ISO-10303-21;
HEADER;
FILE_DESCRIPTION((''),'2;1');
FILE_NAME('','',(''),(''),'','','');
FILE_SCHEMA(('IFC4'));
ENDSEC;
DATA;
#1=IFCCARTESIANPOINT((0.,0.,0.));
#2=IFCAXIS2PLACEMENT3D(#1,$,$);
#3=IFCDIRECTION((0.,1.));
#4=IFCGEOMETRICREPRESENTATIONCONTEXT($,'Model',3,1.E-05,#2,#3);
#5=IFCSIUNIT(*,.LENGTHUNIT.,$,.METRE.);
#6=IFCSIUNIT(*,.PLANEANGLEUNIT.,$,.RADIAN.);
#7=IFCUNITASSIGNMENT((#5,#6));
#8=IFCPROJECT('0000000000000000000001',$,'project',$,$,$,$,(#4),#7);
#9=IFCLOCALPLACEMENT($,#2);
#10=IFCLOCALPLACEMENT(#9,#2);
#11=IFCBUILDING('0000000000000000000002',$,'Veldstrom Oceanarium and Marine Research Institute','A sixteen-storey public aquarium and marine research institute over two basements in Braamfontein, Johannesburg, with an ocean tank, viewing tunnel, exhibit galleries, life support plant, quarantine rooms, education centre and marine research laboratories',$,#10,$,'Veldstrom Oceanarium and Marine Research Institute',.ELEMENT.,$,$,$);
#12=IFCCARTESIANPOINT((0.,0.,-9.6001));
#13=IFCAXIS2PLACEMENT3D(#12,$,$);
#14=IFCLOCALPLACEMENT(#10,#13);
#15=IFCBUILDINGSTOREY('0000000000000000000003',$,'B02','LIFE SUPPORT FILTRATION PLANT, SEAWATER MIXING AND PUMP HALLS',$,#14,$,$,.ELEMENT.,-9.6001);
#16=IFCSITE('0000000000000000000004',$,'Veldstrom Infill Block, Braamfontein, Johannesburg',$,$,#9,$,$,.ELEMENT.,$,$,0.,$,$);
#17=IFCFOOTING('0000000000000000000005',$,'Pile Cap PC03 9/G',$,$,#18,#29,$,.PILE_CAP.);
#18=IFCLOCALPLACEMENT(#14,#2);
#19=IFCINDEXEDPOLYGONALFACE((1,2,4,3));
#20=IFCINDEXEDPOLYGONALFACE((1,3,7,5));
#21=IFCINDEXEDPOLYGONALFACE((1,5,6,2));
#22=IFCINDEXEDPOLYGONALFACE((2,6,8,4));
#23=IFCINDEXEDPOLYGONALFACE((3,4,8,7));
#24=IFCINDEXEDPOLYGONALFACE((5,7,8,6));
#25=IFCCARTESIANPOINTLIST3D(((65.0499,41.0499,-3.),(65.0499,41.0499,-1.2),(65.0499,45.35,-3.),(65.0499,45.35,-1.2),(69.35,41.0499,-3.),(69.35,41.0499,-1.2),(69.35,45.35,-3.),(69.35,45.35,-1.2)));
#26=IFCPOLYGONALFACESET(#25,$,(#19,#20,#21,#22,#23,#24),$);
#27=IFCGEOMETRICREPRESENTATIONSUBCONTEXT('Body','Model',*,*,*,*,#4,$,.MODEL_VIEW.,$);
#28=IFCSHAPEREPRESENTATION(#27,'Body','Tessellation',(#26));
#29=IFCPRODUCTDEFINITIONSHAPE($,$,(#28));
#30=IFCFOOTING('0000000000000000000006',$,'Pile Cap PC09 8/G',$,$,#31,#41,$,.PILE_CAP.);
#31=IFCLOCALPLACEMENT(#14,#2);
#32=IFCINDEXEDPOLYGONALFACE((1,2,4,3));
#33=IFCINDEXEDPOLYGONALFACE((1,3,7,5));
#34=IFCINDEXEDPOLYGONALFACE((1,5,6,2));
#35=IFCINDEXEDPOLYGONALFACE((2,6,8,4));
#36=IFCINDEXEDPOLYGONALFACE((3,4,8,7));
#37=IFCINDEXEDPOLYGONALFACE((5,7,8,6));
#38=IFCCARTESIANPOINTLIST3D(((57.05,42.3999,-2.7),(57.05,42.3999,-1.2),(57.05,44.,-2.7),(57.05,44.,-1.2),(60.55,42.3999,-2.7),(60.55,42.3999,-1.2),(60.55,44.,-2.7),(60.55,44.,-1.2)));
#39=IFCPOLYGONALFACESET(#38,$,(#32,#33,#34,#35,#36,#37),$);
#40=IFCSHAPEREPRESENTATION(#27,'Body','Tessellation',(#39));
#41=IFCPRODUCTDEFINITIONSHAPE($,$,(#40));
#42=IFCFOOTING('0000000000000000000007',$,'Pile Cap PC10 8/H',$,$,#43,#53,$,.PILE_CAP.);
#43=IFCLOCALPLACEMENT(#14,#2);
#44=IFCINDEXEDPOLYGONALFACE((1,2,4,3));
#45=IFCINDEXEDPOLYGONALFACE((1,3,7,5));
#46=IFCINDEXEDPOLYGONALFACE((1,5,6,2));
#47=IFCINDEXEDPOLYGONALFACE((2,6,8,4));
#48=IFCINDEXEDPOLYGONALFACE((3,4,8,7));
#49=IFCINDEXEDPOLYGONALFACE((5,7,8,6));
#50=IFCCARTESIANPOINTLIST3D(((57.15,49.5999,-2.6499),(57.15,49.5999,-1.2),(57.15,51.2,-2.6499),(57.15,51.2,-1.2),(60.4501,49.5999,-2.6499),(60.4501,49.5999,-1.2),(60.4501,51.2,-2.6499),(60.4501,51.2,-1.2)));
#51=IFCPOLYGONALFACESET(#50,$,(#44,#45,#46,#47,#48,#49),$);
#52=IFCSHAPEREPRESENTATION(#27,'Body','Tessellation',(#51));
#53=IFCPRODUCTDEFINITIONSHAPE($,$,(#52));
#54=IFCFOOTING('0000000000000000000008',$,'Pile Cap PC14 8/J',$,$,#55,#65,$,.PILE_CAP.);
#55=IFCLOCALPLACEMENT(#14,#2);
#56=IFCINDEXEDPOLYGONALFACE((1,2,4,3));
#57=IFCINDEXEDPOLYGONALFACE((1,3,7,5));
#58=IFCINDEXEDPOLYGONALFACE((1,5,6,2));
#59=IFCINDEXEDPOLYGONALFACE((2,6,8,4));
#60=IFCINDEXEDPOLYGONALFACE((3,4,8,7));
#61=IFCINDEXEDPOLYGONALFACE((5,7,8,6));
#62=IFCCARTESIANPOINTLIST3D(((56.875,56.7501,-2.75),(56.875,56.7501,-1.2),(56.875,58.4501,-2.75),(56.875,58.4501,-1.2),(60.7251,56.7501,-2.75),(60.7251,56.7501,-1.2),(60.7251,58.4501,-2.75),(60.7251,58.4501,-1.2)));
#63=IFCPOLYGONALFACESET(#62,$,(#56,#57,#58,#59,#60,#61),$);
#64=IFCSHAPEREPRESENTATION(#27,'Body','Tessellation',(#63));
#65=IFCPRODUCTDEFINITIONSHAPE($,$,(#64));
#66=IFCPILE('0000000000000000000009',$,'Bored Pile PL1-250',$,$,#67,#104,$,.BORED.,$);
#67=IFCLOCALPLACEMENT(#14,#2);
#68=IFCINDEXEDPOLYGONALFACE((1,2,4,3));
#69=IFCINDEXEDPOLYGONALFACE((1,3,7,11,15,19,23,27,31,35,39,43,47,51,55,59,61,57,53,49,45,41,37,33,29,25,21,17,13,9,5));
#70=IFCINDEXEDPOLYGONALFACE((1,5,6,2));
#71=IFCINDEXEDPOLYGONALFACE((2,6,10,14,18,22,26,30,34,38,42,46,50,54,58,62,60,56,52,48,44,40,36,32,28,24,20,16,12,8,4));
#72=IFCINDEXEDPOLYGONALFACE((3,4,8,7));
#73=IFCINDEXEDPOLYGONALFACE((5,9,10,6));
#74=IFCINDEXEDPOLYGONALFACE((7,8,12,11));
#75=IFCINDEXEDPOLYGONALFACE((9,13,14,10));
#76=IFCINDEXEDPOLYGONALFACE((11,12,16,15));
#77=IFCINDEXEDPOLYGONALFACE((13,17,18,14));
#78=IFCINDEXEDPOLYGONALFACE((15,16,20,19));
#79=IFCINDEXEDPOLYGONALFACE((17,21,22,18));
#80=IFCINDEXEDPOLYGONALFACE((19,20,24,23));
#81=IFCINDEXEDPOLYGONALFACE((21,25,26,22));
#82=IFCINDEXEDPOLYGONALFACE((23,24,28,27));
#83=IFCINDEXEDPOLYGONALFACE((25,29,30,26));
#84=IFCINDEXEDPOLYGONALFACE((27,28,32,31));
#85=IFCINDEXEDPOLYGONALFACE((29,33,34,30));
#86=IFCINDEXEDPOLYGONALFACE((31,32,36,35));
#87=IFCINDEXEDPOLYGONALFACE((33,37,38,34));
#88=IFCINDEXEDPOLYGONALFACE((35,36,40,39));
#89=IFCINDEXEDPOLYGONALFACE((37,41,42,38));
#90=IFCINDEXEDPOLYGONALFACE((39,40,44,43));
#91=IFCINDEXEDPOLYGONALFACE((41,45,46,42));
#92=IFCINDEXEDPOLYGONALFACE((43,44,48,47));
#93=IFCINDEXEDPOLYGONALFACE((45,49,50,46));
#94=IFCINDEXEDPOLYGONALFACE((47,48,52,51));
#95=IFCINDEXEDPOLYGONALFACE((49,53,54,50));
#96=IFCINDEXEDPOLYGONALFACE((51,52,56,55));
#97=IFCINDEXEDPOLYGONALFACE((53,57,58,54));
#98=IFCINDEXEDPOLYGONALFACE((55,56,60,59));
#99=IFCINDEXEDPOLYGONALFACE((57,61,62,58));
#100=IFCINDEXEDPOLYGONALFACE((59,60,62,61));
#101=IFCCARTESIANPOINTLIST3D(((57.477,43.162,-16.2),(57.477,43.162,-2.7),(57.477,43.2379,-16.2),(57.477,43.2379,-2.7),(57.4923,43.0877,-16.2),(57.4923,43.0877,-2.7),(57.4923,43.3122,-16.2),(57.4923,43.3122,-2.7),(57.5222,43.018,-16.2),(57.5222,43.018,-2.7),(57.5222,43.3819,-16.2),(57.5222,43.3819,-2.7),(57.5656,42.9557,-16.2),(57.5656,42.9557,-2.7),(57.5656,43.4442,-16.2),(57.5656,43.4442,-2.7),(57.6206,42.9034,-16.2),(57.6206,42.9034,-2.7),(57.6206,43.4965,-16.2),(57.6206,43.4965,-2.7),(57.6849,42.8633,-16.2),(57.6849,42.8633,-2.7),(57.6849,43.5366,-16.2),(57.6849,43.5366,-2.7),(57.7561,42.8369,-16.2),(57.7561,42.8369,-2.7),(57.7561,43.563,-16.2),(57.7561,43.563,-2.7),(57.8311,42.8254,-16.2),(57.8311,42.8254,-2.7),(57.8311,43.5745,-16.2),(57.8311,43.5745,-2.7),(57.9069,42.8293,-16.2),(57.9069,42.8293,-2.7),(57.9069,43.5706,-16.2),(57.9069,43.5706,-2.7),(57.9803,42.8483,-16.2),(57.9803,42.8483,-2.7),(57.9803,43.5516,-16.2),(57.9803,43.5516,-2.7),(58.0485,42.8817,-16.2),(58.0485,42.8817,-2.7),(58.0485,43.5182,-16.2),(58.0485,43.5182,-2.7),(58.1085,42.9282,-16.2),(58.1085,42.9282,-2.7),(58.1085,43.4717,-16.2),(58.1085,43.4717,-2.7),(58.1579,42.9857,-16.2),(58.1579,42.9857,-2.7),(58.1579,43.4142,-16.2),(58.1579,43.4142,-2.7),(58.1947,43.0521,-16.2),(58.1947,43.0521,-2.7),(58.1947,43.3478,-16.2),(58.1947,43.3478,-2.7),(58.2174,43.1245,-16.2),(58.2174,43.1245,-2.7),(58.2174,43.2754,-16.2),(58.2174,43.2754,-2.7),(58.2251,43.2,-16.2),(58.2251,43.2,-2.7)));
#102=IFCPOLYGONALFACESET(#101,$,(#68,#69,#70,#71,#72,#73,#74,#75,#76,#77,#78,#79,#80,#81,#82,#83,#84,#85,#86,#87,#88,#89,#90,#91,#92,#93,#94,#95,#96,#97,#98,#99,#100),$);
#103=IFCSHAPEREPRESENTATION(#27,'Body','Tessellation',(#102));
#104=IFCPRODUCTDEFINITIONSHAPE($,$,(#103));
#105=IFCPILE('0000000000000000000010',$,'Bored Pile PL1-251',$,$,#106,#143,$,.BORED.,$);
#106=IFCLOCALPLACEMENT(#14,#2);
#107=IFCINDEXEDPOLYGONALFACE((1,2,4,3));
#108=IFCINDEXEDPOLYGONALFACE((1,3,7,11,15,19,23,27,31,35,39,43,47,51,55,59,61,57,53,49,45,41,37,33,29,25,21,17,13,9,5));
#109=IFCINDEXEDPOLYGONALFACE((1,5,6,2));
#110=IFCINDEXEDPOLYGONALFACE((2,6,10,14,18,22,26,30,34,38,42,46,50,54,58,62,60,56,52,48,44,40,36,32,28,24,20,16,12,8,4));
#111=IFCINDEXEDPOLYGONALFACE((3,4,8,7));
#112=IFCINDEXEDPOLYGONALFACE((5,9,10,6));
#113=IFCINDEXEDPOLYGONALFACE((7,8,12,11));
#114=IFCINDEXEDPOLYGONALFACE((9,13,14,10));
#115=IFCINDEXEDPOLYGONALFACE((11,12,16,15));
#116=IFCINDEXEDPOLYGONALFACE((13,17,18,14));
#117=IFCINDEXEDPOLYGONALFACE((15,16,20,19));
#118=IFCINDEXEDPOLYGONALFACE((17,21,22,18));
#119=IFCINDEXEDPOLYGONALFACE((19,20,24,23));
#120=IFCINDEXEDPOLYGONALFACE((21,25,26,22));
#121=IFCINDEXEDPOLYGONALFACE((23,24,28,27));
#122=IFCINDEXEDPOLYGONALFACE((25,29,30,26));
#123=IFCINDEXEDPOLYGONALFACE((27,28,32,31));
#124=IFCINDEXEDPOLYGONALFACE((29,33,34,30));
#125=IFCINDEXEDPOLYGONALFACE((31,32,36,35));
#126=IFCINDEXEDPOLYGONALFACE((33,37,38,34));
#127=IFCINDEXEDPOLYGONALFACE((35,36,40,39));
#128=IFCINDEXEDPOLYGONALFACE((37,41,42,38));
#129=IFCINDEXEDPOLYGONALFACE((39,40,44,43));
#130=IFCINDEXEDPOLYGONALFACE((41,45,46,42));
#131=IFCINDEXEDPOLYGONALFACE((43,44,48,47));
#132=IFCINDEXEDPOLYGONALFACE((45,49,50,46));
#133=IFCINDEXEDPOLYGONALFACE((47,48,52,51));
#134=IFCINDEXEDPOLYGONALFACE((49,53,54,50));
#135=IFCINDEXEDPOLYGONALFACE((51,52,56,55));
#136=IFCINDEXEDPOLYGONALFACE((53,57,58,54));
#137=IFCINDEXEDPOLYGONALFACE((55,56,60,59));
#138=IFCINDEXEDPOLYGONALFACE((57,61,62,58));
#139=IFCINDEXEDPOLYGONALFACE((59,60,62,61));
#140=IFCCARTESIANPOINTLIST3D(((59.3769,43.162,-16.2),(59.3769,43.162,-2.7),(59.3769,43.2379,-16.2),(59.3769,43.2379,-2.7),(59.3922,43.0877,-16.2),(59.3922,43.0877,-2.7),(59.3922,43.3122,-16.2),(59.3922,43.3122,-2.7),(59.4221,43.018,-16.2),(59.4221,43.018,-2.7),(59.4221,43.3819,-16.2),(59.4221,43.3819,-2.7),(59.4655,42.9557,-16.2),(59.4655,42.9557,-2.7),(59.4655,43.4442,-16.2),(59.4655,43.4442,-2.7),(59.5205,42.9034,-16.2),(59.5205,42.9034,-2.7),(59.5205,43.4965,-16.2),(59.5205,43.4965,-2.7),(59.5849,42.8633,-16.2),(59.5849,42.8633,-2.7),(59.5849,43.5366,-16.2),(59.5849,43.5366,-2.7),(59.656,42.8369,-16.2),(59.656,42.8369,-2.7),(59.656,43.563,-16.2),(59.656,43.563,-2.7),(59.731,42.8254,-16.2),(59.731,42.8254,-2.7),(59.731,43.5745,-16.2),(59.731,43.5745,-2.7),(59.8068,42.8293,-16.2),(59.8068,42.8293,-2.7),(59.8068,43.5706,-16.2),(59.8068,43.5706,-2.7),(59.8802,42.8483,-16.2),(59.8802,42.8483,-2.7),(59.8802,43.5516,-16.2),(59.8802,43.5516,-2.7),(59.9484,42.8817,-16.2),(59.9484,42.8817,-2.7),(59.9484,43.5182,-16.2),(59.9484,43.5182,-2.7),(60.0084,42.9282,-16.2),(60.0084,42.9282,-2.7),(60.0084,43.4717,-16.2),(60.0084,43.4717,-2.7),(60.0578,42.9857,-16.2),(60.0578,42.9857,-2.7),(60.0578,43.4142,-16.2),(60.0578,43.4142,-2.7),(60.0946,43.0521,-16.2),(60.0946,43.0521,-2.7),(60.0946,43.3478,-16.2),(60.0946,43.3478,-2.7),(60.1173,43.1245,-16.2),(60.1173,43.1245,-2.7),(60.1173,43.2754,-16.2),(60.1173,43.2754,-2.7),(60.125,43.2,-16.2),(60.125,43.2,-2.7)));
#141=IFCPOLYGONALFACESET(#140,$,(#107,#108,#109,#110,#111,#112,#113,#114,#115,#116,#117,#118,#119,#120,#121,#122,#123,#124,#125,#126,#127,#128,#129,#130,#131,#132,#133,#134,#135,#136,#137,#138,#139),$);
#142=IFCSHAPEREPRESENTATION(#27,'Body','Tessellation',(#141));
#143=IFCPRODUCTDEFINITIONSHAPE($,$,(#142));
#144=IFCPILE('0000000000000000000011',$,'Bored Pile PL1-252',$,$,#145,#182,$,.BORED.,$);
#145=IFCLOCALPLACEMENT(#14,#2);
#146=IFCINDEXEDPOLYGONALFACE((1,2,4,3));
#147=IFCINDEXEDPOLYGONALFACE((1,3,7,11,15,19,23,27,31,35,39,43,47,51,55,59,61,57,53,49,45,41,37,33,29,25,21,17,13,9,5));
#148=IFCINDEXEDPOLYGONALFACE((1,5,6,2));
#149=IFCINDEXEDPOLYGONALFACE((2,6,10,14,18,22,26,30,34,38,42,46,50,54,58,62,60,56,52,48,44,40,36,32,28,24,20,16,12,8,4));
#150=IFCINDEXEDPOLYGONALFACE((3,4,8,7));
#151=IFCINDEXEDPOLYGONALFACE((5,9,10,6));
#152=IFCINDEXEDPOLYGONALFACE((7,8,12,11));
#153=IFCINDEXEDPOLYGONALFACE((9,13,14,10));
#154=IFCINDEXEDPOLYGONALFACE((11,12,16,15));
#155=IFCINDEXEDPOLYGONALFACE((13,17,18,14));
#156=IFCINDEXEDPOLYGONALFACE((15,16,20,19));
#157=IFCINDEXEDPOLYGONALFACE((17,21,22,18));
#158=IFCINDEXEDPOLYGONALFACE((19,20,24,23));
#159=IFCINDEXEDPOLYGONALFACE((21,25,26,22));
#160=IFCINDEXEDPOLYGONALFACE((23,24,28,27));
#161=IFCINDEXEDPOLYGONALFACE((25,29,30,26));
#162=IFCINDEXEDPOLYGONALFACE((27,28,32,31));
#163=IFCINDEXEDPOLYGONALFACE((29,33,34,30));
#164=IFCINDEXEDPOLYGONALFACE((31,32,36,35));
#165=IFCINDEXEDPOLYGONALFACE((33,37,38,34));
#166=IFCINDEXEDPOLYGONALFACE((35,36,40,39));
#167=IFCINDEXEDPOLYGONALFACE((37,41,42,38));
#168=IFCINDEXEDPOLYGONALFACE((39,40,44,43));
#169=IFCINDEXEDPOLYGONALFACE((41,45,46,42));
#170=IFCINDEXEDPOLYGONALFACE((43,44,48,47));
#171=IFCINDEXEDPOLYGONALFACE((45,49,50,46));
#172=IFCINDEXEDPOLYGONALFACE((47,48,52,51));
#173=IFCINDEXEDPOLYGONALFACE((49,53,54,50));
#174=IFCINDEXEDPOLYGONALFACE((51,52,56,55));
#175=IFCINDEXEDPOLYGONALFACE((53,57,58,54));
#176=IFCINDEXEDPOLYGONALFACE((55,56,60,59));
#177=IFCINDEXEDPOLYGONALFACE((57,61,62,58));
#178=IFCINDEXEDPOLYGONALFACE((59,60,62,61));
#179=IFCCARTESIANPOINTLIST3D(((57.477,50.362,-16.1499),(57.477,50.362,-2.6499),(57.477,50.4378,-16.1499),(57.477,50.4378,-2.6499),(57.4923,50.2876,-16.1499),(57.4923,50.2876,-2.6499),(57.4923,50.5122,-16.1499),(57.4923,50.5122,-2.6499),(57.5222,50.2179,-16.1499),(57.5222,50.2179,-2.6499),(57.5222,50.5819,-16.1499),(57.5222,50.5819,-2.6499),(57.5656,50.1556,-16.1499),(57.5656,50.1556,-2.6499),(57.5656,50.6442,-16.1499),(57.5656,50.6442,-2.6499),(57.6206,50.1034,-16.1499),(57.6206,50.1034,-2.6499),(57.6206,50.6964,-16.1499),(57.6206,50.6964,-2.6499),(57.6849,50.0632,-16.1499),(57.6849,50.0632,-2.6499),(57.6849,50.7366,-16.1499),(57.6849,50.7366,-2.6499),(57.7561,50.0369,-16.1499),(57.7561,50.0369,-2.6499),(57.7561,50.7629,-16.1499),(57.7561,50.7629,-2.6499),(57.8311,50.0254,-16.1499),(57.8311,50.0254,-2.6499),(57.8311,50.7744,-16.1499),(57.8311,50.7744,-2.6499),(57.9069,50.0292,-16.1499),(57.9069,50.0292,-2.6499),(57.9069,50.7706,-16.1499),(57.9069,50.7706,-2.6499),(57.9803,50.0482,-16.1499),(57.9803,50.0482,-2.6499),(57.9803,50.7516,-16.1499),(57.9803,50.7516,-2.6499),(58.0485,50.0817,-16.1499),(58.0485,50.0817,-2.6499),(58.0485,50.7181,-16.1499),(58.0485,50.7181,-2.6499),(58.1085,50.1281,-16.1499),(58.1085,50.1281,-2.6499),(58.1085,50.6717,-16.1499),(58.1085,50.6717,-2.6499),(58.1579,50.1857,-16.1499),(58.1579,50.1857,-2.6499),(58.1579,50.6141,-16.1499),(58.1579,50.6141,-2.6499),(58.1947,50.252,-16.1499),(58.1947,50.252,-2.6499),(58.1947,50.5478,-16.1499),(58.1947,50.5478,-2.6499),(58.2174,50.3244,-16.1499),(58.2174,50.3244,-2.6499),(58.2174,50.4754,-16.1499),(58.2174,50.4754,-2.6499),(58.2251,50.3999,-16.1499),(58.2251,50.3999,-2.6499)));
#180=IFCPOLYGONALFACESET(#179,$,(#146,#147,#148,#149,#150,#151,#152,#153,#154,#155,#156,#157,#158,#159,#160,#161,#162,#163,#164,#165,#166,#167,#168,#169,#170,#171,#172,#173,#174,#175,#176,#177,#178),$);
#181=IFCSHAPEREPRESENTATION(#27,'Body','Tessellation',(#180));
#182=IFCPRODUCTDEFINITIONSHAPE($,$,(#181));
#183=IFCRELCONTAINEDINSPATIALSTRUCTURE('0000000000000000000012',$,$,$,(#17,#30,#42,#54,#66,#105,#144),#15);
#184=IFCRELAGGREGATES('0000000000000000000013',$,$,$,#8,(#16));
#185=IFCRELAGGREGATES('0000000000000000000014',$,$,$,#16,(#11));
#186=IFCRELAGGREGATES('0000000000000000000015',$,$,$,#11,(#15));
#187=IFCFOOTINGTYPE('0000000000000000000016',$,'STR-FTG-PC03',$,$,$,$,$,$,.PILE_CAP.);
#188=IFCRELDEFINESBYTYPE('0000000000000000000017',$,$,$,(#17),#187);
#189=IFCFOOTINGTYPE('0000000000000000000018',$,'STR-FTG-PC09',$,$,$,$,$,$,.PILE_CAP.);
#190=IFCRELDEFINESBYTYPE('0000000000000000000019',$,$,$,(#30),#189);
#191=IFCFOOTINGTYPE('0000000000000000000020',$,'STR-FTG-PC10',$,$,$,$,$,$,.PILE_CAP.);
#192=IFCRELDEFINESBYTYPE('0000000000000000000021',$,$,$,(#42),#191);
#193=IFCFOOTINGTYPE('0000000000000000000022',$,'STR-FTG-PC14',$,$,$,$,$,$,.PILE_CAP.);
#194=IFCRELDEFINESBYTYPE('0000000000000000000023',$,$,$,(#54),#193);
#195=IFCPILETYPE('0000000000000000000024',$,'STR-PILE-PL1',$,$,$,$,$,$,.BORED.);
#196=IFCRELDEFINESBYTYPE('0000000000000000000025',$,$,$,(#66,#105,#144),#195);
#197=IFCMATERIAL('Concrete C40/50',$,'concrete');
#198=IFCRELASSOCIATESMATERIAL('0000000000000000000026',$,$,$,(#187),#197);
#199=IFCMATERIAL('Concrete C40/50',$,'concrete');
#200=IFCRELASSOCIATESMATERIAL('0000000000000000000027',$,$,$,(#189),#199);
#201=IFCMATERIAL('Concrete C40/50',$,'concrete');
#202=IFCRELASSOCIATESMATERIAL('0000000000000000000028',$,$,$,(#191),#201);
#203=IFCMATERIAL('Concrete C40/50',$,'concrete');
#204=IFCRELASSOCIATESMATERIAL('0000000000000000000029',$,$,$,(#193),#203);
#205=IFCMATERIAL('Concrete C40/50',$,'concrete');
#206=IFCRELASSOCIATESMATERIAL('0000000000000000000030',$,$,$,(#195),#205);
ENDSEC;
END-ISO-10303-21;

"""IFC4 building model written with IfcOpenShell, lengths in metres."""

from ifc_helpers import new_model, si_unit, direction, frame, origin, origin_2d, place, context, subcontext, project, spatial, rectangle, circle, extrude, material, material_profile, profile_set, type_object, element, save


model = new_model("IFC4")

# Units and contexts
model_context = context("Model", 3, precision=1e-05, world=origin(), true_north=direction((0.0, 1.0)))
body_context = subcontext(model_context, "Body", "Model", "MODEL_VIEW")
ifc_project = project(units=[si_unit("LENGTHUNIT", "METRE"), si_unit("PLANEANGLEUNIT", "RADIAN")], contexts=[model_context])

# Site, building, storey
site_placement = place(None, origin())
site = spatial("IfcSite", under=ifc_project, at=site_placement, Name="Veldstrom Infill Block, Braamfontein, Johannesburg", CompositionType="ELEMENT", RefElevation=0.0)
building_placement = place(site_placement, origin())
building = spatial("IfcBuilding", under=site, at=building_placement, Name="Veldstrom Oceanarium and Marine Research Institute", Description="A sixteen-storey public aquarium and marine research institute over two basements in Braamfontein, Johannesburg, with an ocean tank, viewing tunnel, exhibit galleries, life support plant, quarantine rooms, education centre and marine research laboratories", LongName="Veldstrom Oceanarium and Marine Research Institute", CompositionType="ELEMENT")
storey_placement = place(building_placement, frame((0.0, 0.0, -9.6001)))
storey = spatial("IfcBuildingStorey", under=building, at=storey_placement, Name="B02", Description="LIFE SUPPORT FILTRATION PLANT, SEAWATER MIXING AND PUMP HALLS", CompositionType="ELEMENT", Elevation=-9.6001)

# Footings
ifc_material_1 = material(Name="Concrete C40/50", Category="concrete")
footing_type_1 = type_object("IfcFootingType", Name="STR-FTG-PC03", PredefinedType="PILE_CAP", material=ifc_material_1)
footing_1_placement = place(storey_placement, frame((67.2, 43.2, -3.0), z_axis=(0.0, 0.0, 1.0), x_axis=(1.0, 0.0, 0.0)))
element("IfcFooting", 1, at=footing_1_placement, inside=storey, type_object=footing_type_1, Name="Pile Cap PC03 9/G", PredefinedType="PILE_CAP", context=body_context, shape_type="SweptSolid", body=[
    extrude(rectangle(XDim=4.3, YDim=4.3, at=origin_2d()), origin(), (0.0, 0.0, 1.0), 1.8),
])
ifc_material_2 = material(Name="Concrete C40/50", Category="concrete")
footing_type_2 = type_object("IfcFootingType", Name="STR-FTG-PC09", PredefinedType="PILE_CAP", material=ifc_material_2)
footing_2_placement = place(storey_placement, frame((58.8, 43.2, -2.7), z_axis=(0.0, 0.0, 1.0), x_axis=(1.0, 0.0, 0.0)))
element("IfcFooting", 2, at=footing_2_placement, inside=storey, type_object=footing_type_2, Name="Pile Cap PC09 8/G", PredefinedType="PILE_CAP", context=body_context, shape_type="SweptSolid", body=[
    extrude(rectangle(XDim=3.5, YDim=1.6001, at=origin_2d()), origin(), (0.0, 0.0, 1.0), 1.5),
])
ifc_material_3 = material(Name="Concrete C40/50", Category="concrete")
footing_type_3 = type_object("IfcFootingType", Name="STR-FTG-PC10", PredefinedType="PILE_CAP", material=ifc_material_3)
footing_3_placement = place(storey_placement, frame((58.8, 50.3999, -2.6499), z_axis=(0.0, 0.0, 1.0), x_axis=(1.0, 0.0, 0.0)))
element("IfcFooting", 3, at=footing_3_placement, inside=storey, type_object=footing_type_3, Name="Pile Cap PC10 8/H", PredefinedType="PILE_CAP", context=body_context, shape_type="SweptSolid", body=[
    extrude(rectangle(XDim=3.3, YDim=1.6001, at=origin_2d()), origin(), (0.0, 0.0, 1.0), 1.45),
])
ifc_material_4 = material(Name="Concrete C40/50", Category="concrete")
footing_type_4 = type_object("IfcFootingType", Name="STR-FTG-PC14", PredefinedType="PILE_CAP", material=ifc_material_4)
footing_4_placement = place(storey_placement, frame((58.8, 57.6001, -2.75), z_axis=(0.0, 0.0, 1.0), x_axis=(1.0, 0.0, 0.0)))
element("IfcFooting", 4, at=footing_4_placement, inside=storey, type_object=footing_type_4, Name="Pile Cap PC14 8/J", PredefinedType="PILE_CAP", context=body_context, shape_type="SweptSolid", body=[
    extrude(rectangle(XDim=3.8501, YDim=1.7, at=origin_2d()), origin(), (0.0, 0.0, 1.0), 1.55),
])

# Piles
ifc_material_5 = material(Name="Concrete C40/50", Category="concrete")
ifc_material_profile_1 = material_profile(ifc_material_5, circle(Radius=0.375, at=origin_2d()), Name="PILE-D750")
ifc_profile_set_1 = profile_set([ifc_material_profile_1], Name="Concrete C40/50")
pile_type_1 = type_object("IfcPileType", Name="STR-PILE-PL1", PredefinedType="BORED", material=ifc_profile_set_1)
for number, where, z_axis, x_axis, name in (
    (5, (57.8501, 43.2, -2.7), (0.0, 0.0, -1.0), (1.0, 0.0, 0.0), "Bored Pile PL1-250"),
    (6, (59.75, 43.2, -2.7), (0.0, 0.0, -1.0), (1.0, 0.0, 0.0), "Bored Pile PL1-251"),
    (7, (57.8501, 50.3999, -2.6499), (0.0, 0.0, -1.0), (1.0, 0.0, 0.0), "Bored Pile PL1-252"),
):
    element("IfcPile", number, at=place(storey_placement, frame(where, z_axis=z_axis, x_axis=x_axis)), inside=storey, type_object=pile_type_1, Name=name, PredefinedType="BORED", context=body_context, shape_type="SweptSolid", body=[
        extrude(circle(Radius=0.375, at=origin_2d()), origin(), (0.0, 0.0, 1.0), 13.5),
    ])

save(model, "model.ifc")
